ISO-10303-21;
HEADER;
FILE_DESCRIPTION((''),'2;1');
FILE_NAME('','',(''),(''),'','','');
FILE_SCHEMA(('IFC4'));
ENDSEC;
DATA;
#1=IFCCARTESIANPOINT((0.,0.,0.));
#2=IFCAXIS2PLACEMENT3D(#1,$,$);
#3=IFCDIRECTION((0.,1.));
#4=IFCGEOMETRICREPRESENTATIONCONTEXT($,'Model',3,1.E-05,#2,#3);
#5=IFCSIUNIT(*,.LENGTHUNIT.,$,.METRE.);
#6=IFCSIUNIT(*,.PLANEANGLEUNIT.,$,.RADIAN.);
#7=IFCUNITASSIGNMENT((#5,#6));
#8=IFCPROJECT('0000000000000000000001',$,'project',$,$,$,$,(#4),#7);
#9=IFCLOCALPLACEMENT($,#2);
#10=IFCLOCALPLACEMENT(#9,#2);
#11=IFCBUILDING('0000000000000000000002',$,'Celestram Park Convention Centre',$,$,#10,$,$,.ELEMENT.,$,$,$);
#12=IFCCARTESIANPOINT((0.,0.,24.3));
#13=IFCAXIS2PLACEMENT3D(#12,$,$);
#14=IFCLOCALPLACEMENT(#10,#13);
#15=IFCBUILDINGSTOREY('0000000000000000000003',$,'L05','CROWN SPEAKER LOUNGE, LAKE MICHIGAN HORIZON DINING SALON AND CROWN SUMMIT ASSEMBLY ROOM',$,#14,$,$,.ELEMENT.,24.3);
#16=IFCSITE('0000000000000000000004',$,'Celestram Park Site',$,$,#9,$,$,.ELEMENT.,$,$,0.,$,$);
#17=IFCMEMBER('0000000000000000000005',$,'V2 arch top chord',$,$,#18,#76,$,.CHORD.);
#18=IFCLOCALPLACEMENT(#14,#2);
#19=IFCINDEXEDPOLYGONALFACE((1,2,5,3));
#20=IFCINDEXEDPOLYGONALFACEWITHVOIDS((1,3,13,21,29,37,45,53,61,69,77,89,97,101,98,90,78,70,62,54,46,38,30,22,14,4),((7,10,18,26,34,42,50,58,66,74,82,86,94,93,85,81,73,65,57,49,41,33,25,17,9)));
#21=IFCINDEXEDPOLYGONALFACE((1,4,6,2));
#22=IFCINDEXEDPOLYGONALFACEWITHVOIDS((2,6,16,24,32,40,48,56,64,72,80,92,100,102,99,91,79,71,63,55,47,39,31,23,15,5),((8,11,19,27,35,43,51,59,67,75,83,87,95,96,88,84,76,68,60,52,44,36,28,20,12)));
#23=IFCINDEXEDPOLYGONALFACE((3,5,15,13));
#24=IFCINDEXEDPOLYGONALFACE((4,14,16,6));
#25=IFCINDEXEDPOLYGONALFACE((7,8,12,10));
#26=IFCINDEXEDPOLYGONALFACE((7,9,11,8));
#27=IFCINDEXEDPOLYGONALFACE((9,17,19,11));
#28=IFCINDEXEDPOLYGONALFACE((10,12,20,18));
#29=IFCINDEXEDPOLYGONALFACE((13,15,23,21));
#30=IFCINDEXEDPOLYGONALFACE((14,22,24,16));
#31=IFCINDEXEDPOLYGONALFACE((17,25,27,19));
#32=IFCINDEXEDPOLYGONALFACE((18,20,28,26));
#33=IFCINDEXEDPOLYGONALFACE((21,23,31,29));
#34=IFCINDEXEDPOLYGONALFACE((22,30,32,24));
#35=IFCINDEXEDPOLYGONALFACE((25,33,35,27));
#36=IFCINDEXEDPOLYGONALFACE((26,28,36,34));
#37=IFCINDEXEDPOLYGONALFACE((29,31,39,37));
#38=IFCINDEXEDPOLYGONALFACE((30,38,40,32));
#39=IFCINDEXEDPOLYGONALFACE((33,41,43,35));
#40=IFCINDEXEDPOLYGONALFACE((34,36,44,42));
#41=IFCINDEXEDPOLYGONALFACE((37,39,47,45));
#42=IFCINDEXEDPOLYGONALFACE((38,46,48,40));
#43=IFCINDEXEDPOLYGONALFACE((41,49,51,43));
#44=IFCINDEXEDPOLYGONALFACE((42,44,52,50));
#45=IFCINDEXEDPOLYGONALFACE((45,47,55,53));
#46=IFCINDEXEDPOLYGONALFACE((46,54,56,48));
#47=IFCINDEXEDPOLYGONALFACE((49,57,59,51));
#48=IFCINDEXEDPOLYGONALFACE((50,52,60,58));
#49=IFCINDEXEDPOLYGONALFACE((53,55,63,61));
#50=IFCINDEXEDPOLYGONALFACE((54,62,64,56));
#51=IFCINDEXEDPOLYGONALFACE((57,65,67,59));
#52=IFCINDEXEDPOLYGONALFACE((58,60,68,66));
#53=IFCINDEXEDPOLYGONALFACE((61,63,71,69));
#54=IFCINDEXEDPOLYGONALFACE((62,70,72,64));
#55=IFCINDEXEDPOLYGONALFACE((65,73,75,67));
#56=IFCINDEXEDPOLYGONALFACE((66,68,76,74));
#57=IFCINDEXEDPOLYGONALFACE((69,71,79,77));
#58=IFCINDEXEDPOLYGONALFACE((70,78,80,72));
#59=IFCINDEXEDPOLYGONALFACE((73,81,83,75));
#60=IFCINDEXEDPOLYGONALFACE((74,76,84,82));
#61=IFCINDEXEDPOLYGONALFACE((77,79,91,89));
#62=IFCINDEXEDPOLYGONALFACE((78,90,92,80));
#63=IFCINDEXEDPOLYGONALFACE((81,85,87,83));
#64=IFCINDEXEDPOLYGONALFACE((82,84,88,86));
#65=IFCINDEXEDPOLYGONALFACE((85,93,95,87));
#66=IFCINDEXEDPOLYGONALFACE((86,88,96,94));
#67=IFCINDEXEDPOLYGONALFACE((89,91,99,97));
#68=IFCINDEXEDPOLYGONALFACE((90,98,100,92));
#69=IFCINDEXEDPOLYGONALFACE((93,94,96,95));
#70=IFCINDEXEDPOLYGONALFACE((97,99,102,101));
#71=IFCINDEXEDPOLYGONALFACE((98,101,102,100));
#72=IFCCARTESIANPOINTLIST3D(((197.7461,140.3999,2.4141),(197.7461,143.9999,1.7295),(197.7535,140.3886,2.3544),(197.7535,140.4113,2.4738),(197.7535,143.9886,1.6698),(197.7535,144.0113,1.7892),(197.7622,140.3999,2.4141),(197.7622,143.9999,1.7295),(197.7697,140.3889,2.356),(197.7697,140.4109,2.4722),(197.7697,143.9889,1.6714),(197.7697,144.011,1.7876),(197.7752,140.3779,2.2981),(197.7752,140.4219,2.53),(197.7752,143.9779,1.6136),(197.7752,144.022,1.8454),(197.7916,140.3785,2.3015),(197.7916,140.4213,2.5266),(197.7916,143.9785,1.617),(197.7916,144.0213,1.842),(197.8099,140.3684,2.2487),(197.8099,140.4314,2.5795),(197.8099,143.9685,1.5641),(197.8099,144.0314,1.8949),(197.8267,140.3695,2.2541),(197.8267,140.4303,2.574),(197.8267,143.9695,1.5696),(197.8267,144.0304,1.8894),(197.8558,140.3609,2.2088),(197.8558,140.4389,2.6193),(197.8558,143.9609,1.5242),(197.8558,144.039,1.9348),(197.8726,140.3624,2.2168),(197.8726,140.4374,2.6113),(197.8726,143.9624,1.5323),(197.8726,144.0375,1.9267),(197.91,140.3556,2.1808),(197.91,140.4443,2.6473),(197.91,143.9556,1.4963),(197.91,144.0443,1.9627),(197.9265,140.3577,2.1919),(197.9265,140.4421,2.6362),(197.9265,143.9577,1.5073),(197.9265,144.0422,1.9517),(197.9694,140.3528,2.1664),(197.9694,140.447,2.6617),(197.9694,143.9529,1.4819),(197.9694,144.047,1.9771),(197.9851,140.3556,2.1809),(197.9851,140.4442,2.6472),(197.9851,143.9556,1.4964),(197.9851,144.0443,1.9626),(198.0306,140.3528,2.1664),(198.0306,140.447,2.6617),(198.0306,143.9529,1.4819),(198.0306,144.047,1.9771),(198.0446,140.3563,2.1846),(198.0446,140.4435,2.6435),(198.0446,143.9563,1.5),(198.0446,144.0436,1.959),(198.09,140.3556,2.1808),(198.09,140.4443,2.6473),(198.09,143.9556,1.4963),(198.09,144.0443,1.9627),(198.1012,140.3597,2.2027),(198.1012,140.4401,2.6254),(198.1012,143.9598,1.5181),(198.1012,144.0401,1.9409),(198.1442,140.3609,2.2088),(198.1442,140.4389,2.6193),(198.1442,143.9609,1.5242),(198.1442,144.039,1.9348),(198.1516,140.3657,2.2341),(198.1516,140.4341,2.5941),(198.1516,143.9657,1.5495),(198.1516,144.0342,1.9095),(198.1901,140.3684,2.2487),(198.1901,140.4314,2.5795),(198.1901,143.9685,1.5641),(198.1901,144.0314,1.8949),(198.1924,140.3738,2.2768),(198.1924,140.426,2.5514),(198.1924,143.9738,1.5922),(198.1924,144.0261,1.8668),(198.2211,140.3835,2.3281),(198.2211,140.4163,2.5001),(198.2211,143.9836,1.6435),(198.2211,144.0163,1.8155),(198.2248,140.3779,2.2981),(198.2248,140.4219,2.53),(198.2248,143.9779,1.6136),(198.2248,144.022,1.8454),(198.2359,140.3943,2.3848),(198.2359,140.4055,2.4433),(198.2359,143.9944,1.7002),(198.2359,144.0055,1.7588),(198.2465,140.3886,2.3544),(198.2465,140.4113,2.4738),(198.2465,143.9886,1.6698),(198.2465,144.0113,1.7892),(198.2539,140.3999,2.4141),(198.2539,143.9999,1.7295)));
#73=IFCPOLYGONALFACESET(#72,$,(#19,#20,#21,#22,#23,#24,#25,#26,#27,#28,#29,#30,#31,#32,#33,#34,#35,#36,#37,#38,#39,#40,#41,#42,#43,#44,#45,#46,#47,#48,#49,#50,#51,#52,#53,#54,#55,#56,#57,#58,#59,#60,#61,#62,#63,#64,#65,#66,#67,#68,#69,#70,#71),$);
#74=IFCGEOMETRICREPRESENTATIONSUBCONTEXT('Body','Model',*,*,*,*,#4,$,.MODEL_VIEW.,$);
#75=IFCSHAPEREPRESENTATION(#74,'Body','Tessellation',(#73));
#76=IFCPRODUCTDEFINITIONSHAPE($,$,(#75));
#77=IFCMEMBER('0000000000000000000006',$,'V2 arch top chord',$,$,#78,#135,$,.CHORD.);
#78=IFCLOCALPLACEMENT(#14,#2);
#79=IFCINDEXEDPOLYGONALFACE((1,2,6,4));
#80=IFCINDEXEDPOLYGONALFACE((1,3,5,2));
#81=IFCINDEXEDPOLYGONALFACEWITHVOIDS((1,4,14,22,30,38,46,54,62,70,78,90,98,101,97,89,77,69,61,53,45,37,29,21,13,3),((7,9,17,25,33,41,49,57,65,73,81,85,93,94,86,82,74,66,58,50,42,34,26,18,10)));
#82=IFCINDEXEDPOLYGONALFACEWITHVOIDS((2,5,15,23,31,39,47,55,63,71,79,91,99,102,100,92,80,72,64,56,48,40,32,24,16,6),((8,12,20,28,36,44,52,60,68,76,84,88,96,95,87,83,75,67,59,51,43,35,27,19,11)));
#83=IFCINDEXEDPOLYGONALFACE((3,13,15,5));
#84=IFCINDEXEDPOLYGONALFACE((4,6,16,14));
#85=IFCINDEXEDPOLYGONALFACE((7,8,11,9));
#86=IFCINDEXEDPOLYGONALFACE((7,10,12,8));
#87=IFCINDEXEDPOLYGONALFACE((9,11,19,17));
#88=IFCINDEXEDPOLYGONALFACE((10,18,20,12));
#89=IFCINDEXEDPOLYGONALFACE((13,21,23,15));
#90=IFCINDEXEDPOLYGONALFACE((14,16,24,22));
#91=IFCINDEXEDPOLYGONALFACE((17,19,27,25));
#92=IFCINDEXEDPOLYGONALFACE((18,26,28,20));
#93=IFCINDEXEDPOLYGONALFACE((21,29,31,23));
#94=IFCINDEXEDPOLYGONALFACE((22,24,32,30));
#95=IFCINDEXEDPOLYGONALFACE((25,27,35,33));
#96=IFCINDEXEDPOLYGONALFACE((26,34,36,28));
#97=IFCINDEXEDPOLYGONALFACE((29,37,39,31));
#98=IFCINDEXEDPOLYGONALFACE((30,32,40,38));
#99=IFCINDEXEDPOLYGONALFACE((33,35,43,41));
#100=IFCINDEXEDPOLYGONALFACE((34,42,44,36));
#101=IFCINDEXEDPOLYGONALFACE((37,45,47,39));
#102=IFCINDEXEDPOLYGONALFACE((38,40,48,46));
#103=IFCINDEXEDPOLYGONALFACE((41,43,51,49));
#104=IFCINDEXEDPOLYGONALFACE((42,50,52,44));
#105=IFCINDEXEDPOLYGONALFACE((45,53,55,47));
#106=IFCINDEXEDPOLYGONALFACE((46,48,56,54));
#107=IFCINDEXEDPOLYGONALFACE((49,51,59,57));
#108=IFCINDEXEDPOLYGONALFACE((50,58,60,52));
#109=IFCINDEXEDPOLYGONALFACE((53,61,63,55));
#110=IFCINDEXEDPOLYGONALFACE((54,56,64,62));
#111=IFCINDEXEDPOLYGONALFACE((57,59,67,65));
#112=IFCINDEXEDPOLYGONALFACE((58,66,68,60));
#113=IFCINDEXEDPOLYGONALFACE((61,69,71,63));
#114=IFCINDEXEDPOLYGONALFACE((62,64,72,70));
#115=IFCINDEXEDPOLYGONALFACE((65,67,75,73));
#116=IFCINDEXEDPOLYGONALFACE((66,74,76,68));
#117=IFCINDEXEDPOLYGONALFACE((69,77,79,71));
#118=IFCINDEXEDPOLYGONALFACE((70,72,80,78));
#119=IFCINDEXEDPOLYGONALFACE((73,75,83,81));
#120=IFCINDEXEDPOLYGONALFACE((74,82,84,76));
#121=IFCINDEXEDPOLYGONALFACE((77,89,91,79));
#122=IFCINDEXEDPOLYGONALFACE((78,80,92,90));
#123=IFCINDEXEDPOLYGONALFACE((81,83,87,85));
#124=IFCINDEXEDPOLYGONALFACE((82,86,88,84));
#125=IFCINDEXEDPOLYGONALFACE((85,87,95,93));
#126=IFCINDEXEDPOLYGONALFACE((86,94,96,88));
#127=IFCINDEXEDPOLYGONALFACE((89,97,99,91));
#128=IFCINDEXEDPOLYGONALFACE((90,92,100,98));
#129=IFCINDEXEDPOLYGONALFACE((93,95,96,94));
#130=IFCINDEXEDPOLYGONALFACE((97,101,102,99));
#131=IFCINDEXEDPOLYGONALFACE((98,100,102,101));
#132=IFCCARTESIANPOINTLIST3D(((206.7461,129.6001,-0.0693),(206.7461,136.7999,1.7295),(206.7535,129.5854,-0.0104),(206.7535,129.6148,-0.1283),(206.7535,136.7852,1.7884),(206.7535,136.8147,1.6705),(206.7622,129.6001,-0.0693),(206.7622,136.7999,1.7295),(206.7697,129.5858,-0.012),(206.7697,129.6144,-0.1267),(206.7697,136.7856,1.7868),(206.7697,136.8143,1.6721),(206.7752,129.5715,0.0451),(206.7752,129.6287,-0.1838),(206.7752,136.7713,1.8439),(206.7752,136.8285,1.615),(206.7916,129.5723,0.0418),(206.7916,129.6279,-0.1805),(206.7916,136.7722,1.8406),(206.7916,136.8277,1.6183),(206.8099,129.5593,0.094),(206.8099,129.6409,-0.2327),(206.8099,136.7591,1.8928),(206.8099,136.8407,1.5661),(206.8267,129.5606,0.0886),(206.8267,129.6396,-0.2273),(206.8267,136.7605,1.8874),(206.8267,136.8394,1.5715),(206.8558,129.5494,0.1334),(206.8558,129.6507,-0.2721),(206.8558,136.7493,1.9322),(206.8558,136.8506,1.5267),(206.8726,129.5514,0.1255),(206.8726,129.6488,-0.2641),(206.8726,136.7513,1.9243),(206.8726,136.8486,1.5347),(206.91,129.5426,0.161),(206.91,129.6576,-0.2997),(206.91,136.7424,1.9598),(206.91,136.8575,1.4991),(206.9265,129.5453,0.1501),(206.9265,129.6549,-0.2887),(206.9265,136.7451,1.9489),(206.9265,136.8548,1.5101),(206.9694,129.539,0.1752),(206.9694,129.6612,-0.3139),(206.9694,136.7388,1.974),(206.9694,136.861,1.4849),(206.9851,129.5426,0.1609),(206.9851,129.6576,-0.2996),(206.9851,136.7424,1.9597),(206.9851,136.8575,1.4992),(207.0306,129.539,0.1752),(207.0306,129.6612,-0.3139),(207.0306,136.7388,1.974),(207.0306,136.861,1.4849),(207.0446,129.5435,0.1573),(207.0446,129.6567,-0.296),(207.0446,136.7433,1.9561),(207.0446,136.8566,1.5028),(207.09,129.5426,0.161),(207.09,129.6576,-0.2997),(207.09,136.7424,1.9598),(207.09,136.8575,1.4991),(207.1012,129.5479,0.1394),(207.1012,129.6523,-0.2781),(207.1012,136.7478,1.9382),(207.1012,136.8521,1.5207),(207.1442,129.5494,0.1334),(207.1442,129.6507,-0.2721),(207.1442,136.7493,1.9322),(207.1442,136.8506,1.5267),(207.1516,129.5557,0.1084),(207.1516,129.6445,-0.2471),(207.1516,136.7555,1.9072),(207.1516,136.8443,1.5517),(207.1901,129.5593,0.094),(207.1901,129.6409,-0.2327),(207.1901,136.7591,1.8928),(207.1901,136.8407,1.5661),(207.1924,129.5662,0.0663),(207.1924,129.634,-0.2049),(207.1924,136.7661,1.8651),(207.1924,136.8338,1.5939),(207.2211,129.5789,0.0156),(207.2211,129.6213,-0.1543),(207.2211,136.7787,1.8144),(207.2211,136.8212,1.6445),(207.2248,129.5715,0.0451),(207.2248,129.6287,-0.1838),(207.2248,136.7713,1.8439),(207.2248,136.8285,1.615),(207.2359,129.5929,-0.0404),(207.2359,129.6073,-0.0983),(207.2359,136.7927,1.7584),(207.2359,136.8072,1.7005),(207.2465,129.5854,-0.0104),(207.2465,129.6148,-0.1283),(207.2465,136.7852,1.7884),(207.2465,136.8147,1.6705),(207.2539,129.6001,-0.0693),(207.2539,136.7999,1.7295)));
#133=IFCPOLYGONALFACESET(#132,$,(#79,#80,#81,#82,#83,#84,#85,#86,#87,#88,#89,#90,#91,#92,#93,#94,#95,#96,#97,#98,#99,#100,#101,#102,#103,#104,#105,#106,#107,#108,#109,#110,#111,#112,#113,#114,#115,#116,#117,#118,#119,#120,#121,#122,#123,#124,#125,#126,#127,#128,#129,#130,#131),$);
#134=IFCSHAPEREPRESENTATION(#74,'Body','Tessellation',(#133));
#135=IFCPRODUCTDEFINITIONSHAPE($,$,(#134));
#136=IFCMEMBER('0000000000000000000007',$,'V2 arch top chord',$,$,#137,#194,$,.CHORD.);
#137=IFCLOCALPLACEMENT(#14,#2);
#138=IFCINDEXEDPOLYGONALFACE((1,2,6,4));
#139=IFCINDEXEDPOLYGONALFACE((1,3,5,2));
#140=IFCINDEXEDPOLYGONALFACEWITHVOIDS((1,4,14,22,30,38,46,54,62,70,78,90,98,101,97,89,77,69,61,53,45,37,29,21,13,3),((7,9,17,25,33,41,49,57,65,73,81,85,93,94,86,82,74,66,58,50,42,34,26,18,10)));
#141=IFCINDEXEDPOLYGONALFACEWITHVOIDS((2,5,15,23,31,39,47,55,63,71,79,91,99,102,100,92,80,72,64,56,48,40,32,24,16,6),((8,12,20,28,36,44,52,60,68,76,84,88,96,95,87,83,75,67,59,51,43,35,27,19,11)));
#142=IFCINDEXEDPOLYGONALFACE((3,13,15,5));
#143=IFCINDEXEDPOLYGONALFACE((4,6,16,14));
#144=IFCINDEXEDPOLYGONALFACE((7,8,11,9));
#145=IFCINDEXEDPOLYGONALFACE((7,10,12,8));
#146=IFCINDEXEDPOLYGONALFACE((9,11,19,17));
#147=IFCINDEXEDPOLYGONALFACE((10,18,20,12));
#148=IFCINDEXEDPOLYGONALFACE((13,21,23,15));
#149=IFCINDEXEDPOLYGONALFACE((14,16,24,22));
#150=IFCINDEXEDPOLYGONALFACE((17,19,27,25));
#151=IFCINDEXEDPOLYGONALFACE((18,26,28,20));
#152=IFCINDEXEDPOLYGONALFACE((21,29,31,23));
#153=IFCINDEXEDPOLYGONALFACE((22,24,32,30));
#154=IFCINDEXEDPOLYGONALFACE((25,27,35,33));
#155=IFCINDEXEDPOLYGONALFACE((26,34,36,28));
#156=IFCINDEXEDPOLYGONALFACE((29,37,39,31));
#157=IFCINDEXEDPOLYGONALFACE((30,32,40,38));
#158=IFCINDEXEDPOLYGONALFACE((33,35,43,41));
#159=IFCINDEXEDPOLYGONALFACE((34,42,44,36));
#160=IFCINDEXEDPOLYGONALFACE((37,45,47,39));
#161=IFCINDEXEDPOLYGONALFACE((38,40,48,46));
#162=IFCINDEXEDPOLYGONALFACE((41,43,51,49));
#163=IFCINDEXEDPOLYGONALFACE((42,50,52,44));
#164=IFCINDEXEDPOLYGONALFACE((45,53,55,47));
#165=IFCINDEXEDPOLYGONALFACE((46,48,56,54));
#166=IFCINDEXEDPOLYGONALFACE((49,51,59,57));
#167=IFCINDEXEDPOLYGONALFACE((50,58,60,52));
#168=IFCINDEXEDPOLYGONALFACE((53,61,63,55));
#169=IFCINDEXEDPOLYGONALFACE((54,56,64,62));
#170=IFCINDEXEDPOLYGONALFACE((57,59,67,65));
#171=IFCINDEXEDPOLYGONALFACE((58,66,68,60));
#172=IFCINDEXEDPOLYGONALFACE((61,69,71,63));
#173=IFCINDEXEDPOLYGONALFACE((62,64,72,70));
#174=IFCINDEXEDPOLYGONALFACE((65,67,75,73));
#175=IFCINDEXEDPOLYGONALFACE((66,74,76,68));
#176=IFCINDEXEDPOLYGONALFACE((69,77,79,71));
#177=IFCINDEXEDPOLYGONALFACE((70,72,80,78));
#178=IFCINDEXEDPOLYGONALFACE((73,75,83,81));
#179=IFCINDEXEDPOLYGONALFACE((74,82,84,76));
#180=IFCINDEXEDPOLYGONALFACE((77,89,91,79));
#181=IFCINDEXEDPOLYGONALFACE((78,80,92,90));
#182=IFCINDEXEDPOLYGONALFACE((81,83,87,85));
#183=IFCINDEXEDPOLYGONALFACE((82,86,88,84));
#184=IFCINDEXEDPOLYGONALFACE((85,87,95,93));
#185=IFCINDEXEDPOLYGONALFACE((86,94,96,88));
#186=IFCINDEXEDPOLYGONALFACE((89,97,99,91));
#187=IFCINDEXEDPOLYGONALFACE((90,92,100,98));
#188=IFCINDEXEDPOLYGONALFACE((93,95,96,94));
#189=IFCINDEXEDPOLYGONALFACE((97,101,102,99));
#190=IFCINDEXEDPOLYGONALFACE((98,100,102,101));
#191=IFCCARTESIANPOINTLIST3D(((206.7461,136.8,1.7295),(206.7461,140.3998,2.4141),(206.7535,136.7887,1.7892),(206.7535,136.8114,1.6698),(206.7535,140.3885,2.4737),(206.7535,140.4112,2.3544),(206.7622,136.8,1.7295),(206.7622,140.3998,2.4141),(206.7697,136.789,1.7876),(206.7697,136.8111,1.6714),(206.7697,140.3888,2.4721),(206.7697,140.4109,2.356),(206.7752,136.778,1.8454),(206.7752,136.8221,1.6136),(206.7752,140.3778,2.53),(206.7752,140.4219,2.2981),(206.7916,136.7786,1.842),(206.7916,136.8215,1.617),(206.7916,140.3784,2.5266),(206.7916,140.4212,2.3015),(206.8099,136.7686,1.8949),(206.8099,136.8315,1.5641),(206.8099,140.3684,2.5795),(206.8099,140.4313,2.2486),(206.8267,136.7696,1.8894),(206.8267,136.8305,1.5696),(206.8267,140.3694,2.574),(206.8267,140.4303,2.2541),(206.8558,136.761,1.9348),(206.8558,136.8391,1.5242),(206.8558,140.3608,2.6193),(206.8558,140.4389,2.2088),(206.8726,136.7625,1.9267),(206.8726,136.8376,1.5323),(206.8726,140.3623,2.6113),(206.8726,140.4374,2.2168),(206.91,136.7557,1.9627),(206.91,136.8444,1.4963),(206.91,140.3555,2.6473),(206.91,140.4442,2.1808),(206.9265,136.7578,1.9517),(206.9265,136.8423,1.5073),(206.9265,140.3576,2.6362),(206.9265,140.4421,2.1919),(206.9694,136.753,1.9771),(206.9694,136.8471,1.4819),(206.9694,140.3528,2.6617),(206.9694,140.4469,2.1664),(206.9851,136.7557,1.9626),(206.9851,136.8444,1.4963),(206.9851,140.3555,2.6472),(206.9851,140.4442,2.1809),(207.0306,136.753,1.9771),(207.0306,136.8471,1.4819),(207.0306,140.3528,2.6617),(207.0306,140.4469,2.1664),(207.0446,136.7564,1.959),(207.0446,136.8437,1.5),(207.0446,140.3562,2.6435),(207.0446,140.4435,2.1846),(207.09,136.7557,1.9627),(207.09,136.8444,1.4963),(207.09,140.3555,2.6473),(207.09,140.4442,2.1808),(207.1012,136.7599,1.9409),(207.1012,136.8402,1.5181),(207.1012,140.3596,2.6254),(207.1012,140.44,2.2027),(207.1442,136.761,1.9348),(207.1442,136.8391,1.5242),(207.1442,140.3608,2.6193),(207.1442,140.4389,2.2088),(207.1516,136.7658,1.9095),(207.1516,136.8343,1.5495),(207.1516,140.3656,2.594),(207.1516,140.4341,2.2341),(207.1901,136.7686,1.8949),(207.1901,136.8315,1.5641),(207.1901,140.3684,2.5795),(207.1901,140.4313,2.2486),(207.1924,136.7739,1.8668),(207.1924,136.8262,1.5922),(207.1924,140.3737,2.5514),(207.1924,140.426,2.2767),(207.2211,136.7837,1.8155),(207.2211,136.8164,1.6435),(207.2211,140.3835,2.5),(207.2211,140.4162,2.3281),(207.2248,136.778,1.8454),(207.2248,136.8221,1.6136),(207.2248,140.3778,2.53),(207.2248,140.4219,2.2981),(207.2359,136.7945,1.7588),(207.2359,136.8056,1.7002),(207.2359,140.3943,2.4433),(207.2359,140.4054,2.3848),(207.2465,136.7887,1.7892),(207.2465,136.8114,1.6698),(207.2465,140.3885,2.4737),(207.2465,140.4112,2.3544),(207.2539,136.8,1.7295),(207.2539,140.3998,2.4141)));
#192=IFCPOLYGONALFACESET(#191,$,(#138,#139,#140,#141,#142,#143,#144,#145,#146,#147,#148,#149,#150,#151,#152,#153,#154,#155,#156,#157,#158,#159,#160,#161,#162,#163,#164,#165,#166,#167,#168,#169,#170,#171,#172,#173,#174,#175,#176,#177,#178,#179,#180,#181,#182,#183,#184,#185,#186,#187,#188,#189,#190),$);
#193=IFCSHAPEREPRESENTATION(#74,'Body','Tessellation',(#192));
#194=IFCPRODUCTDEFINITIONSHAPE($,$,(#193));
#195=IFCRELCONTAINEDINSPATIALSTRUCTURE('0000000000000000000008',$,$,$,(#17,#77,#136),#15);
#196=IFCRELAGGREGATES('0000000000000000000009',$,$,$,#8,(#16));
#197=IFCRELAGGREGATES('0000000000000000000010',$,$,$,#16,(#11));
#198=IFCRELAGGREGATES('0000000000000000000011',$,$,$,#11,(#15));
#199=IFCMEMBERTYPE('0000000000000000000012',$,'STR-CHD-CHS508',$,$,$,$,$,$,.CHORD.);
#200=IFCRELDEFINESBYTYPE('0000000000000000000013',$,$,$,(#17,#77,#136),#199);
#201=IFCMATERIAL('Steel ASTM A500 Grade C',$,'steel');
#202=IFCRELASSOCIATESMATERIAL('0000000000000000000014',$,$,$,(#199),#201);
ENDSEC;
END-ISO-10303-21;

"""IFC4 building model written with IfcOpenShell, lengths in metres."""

from ifc_helpers import new_model, si_unit, direction, frame, origin, origin_2d, place, context, subcontext, project, spatial, hollow_circle, extrude, material, material_profile, profile_set, type_object, element, save


model = new_model("IFC4")

# Units and contexts
model_context = context("Model", 3, precision=1e-05, world=origin(), true_north=direction((0.0, 1.0)))
body_context = subcontext(model_context, "Body", "Model", "MODEL_VIEW")
ifc_project = project(units=[si_unit("LENGTHUNIT", "METRE"), si_unit("PLANEANGLEUNIT", "RADIAN")], contexts=[model_context])

# Site, building, storey
site_placement = place(None, origin())
site = spatial("IfcSite", under=ifc_project, at=site_placement, Name="Celestram Park Site", CompositionType="ELEMENT", RefElevation=0.0)
building_placement = place(site_placement, origin())
building = spatial("IfcBuilding", under=site, at=building_placement, Name="Celestram Park Convention Centre", CompositionType="ELEMENT")
storey_placement = place(building_placement, frame((0.0, 0.0, 24.3)))
storey = spatial("IfcBuildingStorey", under=building, at=storey_placement, Name="L05", Description="CROWN SPEAKER LOUNGE, LAKE MICHIGAN HORIZON DINING SALON AND CROWN SUMMIT ASSEMBLY ROOM", CompositionType="ELEMENT", Elevation=24.3)

# Members
ifc_material_1 = material(Name="Steel ASTM A500 Grade C", Category="steel")
ifc_material_profile_1 = material_profile(ifc_material_1, hollow_circle(Radius=0.2539, WallThickness=0.0161, at=origin_2d()), Name="CHS508X16")
ifc_profile_set_1 = profile_set([ifc_material_profile_1], Name="Steel ASTM A500 Grade C")
member_type_1 = type_object("IfcMemberType", Name="STR-CHD-CHS508", PredefinedType="CHORD", material=ifc_profile_set_1)
member_1_placement = place(storey_placement, frame((198.0, 140.3999, 2.4141), z_axis=(0.0, 0.982397, -0.186806), x_axis=(-1.0, 0.0, 0.0)))
element("IfcMember", 1, at=member_1_placement, inside=storey, type_object=member_type_1, Name="V2 arch top chord", PredefinedType="CHORD", context=body_context, shape_type="SweptSolid", body=[
    extrude(hollow_circle(Radius=0.2539, WallThickness=0.0161, at=origin_2d()), origin(), (0.0, 0.0, 1.0), 3.6646),
])
member_2_placement = place(storey_placement, frame((207.0, 129.6001, -0.0693), z_axis=(0.0, 0.970179, 0.242389), x_axis=(-1.0, 0.0, 0.0)))
element("IfcMember", 2, at=member_2_placement, inside=storey, type_object=member_type_1, Name="V2 arch top chord", PredefinedType="CHORD", context=body_context, shape_type="SweptSolid", body=[
    extrude(hollow_circle(Radius=0.2539, WallThickness=0.0161, at=origin_2d()), origin(), (0.0, 0.0, 1.0), 7.4211),
])
member_3_placement = place(storey_placement, frame((207.0, 136.8, 1.7295), z_axis=(0.0, 0.982395, 0.186818), x_axis=(-1.0, 0.0, 0.0)))
element("IfcMember", 3, at=member_3_placement, inside=storey, type_object=member_type_1, Name="V2 arch top chord", PredefinedType="CHORD", context=body_context, shape_type="SweptSolid", body=[
    extrude(hollow_circle(Radius=0.2539, WallThickness=0.0161, at=origin_2d()), origin(), (0.0, 0.0, 1.0), 3.6643),
])

save(model, "model.ifc")
